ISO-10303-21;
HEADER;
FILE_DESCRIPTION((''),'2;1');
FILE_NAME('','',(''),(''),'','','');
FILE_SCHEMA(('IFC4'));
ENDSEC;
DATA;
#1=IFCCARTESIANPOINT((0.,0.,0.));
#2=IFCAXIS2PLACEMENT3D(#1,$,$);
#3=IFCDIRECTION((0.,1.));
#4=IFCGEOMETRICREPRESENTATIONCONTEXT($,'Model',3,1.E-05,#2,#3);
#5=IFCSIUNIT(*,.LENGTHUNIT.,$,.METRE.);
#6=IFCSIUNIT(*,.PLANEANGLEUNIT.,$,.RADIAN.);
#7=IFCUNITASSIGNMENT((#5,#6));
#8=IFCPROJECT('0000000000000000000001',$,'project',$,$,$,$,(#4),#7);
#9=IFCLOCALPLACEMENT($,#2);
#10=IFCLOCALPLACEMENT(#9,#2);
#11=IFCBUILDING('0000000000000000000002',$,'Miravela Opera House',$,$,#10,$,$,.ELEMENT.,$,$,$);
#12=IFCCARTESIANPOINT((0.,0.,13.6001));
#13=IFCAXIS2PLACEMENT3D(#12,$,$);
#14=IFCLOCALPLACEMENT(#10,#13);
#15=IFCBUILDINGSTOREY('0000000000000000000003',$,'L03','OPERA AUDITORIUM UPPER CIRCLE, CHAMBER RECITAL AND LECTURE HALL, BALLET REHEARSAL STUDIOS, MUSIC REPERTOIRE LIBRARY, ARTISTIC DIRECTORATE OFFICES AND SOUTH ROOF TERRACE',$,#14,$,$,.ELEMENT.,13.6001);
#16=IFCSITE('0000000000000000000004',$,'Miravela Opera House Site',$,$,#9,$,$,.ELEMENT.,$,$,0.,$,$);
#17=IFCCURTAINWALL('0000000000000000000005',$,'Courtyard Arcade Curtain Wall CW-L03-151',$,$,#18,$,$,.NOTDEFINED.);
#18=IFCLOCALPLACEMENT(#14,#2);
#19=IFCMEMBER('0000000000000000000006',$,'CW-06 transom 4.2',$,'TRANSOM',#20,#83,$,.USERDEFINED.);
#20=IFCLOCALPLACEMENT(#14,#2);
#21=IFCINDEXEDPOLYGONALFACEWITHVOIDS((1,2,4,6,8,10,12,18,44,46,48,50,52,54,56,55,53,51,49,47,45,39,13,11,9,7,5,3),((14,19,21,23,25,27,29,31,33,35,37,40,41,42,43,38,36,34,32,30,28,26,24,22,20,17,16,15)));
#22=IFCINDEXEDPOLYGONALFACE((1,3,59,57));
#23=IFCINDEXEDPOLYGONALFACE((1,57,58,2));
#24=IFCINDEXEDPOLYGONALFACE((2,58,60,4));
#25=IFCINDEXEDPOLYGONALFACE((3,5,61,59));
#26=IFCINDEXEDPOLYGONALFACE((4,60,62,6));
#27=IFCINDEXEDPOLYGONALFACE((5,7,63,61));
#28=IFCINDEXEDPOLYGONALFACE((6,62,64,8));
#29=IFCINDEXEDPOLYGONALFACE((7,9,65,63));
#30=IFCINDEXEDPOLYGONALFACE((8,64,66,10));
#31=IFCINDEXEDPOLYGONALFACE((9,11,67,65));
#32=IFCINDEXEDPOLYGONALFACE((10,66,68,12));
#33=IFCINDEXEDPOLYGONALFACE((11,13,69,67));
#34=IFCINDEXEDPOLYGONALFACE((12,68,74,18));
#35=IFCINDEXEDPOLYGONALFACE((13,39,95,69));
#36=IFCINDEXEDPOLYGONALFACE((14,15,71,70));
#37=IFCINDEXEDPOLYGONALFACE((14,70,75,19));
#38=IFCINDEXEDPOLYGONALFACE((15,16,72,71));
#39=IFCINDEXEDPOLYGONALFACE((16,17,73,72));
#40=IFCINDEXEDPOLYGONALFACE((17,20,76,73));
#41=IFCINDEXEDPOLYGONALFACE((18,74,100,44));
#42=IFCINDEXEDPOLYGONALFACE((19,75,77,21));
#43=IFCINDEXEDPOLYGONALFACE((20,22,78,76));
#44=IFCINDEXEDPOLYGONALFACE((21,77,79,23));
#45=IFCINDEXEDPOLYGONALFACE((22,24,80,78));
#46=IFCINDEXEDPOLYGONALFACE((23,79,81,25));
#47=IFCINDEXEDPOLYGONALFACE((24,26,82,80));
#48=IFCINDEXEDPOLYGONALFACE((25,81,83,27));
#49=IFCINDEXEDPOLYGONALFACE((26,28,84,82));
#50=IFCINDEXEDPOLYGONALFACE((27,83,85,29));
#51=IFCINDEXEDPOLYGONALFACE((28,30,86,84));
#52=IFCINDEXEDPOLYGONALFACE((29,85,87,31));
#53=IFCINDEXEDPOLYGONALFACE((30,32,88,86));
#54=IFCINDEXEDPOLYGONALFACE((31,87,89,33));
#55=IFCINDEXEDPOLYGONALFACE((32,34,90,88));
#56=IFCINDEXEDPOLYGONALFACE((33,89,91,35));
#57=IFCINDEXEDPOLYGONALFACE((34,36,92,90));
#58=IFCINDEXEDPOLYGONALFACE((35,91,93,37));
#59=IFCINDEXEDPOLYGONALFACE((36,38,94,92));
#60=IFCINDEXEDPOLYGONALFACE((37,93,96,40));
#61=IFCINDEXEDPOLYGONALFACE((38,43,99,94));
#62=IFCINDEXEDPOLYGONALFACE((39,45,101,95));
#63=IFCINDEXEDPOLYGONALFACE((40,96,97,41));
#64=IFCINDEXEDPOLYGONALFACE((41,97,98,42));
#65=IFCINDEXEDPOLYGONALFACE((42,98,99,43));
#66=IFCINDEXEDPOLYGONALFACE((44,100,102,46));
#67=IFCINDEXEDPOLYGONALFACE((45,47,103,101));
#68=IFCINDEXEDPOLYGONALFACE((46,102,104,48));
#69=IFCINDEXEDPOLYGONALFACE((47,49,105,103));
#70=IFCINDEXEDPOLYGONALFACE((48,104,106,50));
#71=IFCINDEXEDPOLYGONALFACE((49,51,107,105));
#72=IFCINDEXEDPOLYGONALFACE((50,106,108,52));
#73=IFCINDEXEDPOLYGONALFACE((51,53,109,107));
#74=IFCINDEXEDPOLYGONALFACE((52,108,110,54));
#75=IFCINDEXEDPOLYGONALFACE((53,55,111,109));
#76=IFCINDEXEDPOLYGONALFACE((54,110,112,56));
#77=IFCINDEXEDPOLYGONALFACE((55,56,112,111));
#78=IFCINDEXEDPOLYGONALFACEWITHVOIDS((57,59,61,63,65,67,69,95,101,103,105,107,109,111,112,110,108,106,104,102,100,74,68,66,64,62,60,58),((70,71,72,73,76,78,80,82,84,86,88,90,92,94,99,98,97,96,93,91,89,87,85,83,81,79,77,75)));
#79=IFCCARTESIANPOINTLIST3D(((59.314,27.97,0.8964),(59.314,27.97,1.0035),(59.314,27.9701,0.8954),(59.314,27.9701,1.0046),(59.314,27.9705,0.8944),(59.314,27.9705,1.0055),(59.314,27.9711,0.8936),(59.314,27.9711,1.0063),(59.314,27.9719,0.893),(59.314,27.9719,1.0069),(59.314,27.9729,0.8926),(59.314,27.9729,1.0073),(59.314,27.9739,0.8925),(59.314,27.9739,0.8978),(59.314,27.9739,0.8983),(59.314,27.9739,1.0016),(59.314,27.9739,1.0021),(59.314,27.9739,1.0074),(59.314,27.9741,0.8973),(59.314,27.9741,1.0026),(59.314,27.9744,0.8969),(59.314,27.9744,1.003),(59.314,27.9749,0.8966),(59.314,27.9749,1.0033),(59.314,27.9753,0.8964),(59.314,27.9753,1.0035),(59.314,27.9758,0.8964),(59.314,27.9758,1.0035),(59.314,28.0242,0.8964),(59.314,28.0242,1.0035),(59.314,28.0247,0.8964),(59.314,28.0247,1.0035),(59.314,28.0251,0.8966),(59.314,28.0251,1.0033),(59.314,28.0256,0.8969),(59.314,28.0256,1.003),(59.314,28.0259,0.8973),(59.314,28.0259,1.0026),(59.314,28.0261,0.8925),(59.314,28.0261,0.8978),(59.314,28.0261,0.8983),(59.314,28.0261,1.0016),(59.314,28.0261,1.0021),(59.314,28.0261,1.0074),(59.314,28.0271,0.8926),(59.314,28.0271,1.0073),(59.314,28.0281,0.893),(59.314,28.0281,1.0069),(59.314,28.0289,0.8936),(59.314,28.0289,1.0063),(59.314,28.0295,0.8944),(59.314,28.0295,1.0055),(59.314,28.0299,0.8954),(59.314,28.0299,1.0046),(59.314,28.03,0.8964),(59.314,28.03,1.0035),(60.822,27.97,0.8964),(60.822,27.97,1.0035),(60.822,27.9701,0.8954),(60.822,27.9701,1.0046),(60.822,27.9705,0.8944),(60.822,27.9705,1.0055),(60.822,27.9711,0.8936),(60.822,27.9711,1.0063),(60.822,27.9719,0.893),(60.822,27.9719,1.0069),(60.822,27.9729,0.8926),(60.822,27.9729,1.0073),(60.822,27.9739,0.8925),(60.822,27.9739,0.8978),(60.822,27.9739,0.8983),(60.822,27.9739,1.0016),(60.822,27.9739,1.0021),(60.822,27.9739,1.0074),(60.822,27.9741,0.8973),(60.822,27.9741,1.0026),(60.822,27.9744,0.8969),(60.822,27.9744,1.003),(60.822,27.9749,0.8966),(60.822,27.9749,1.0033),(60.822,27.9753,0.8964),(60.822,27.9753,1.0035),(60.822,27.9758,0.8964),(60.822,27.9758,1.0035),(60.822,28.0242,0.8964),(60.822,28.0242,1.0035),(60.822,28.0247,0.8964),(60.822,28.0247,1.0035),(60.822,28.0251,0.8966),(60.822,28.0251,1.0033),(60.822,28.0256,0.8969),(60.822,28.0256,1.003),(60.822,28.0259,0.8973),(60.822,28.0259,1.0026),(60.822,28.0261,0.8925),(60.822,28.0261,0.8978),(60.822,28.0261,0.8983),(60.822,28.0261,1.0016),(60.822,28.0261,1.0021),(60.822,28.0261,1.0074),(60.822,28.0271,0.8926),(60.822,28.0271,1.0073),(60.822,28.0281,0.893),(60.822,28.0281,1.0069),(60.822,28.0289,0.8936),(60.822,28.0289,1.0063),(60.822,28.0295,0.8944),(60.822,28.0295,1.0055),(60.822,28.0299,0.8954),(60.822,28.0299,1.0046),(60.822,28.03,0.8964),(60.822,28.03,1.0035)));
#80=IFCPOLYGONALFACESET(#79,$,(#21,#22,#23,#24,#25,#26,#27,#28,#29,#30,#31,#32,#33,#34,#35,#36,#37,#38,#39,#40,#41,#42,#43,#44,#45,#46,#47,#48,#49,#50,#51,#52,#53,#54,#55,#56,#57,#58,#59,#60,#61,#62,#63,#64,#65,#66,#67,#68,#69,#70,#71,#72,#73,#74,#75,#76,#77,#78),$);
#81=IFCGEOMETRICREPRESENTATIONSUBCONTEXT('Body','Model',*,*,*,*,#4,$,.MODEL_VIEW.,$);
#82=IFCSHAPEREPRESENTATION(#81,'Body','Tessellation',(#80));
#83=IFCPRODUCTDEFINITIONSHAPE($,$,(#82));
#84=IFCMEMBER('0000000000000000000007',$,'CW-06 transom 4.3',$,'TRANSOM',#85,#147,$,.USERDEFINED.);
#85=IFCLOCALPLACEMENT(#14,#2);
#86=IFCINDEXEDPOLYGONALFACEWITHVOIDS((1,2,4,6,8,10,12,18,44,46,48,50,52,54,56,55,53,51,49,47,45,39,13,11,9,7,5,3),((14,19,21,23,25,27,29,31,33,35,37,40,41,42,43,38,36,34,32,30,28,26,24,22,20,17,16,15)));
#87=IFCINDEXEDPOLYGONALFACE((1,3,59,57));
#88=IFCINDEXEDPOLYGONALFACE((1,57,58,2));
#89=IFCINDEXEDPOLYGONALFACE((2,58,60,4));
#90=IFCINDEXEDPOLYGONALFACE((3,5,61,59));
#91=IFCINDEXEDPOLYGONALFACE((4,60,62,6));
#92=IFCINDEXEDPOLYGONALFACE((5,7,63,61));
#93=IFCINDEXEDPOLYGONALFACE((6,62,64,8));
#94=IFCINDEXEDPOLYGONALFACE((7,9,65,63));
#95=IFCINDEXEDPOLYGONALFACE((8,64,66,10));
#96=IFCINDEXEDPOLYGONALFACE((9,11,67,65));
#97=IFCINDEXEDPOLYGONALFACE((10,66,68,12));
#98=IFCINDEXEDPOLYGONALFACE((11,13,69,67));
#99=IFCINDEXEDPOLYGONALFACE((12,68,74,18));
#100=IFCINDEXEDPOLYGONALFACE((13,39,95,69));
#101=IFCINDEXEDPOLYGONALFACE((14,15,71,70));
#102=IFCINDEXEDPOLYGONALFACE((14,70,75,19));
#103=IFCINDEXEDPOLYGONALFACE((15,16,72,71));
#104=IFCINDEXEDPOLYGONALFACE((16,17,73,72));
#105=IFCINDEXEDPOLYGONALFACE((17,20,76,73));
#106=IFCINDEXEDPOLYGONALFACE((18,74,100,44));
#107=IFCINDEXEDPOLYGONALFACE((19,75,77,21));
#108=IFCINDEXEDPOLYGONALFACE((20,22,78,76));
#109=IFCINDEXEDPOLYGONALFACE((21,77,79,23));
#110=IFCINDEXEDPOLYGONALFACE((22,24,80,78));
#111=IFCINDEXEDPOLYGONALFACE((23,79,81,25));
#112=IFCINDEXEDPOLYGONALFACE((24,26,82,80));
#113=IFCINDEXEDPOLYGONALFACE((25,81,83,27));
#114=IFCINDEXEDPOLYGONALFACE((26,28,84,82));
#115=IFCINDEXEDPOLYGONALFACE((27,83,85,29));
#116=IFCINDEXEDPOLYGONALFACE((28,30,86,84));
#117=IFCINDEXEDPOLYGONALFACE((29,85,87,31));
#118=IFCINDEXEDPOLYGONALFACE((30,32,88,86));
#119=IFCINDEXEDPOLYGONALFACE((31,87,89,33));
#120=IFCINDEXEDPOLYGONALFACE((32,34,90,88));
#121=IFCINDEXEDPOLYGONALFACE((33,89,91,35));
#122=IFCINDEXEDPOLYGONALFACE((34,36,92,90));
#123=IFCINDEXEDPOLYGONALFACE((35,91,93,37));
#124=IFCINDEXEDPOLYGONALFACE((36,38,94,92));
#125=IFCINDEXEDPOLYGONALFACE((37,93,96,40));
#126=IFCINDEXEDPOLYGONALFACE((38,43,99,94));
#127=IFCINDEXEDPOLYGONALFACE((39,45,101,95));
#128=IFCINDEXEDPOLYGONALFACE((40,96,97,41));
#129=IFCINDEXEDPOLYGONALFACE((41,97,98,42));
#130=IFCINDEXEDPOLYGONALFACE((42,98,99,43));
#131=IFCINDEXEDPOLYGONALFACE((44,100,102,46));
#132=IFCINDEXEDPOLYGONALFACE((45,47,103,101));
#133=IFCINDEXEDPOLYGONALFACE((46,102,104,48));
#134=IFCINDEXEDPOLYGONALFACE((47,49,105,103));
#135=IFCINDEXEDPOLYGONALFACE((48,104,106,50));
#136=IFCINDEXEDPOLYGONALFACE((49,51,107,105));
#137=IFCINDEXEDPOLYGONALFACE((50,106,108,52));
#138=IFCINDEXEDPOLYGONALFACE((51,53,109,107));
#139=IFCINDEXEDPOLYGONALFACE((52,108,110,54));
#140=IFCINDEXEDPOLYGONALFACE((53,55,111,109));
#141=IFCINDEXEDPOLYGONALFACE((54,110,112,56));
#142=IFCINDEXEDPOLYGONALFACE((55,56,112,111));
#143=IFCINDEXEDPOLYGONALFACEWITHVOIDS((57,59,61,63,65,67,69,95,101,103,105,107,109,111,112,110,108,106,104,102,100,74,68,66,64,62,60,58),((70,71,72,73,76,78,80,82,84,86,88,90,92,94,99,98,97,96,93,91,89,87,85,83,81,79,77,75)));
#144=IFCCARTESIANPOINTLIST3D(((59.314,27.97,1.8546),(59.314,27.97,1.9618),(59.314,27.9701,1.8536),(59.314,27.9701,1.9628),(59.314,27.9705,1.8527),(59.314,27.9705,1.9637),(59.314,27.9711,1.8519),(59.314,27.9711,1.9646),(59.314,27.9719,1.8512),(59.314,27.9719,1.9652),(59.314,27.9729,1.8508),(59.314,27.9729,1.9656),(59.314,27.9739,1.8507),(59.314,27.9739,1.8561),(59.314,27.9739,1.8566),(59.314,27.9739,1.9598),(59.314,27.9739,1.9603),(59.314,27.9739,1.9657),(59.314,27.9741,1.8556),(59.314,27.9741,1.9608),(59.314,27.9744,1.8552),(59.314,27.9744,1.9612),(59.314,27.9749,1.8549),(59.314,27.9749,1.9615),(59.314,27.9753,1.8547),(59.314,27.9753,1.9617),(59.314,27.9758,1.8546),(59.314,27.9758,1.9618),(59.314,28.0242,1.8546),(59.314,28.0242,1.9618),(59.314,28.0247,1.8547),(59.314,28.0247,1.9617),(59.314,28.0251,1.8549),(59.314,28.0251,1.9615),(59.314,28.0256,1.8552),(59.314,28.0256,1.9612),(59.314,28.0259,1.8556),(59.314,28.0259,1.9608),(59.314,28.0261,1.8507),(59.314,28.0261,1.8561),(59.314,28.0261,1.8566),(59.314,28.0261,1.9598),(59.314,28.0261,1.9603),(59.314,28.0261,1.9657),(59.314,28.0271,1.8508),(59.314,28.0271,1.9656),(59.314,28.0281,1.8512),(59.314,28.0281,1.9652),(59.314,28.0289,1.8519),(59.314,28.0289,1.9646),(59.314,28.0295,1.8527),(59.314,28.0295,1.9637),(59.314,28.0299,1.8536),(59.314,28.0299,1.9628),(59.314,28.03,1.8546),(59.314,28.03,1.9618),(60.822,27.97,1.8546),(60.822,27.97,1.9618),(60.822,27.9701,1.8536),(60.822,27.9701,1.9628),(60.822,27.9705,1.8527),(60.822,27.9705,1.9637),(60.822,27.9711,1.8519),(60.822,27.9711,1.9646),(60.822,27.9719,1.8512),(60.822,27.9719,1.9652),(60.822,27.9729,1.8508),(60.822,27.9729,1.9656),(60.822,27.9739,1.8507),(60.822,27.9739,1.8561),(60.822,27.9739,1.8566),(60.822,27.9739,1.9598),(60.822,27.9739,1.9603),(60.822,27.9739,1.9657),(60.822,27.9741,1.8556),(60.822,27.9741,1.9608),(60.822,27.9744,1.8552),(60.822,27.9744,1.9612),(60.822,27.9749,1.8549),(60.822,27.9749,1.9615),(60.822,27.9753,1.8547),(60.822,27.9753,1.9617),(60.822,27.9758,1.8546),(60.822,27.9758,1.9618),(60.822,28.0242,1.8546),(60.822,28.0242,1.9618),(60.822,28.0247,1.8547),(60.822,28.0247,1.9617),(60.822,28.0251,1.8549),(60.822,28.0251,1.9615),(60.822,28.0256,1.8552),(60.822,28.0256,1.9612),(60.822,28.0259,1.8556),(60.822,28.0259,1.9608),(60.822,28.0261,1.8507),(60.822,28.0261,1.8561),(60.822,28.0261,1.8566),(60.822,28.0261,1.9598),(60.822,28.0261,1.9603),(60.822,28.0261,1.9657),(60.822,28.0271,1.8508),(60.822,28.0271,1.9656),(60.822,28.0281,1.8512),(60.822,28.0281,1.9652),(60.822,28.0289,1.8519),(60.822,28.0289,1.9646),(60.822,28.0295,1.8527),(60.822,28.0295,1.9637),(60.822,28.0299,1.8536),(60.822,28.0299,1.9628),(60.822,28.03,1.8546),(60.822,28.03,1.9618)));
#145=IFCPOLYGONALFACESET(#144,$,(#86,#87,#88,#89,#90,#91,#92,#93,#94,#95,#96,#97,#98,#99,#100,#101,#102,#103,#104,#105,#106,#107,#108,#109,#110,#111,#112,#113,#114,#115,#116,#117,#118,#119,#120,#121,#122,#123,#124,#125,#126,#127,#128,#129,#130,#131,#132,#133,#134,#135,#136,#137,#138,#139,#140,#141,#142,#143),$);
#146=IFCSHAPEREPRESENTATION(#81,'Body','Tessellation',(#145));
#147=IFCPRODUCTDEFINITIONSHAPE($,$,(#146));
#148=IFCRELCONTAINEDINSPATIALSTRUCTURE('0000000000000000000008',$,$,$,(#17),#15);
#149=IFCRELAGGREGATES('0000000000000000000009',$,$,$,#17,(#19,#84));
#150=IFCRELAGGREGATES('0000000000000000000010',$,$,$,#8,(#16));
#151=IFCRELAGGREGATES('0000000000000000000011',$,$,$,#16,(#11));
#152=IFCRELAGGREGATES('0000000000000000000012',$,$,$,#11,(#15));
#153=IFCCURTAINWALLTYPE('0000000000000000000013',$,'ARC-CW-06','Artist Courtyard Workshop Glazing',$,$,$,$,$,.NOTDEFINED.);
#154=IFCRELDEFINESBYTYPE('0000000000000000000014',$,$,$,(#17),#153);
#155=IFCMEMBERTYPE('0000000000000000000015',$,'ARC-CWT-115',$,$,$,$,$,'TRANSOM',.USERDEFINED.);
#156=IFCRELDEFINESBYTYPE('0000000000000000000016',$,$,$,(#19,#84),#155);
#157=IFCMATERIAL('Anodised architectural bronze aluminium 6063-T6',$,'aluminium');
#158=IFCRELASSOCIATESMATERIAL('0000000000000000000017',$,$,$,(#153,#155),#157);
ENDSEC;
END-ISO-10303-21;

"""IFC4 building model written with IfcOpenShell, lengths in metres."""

from ifc_helpers import new_model, si_unit, direction, frame, origin, origin_2d, place, context, subcontext, project, spatial, hollow_rectangle, extrude, material, material_profile, profile_set, type_object, element, aggregate, save


model = new_model("IFC4")

# Units and contexts
model_context = context("Model", 3, precision=1e-05, world=origin(), true_north=direction((0.0, 1.0)))
body_context = subcontext(model_context, "Body", "Model", "MODEL_VIEW")
ifc_project = project(units=[si_unit("LENGTHUNIT", "METRE"), si_unit("PLANEANGLEUNIT", "RADIAN")], contexts=[model_context])

# Site, building, storey
site_placement = place(None, origin())
site = spatial("IfcSite", under=ifc_project, at=site_placement, Name="Miravela Opera House Site", CompositionType="ELEMENT", RefElevation=0.0)
building_placement = place(site_placement, origin())
building = spatial("IfcBuilding", under=site, at=building_placement, Name="Miravela Opera House", CompositionType="ELEMENT")
storey_placement = place(building_placement, frame((0.0, 0.0, 13.6001)))
storey = spatial("IfcBuildingStorey", under=building, at=storey_placement, Name="L03", Description="OPERA AUDITORIUM UPPER CIRCLE, CHAMBER RECITAL AND LECTURE HALL, BALLET REHEARSAL STUDIOS, MUSIC REPERTOIRE LIBRARY, ARTISTIC DIRECTORATE OFFICES AND SOUTH ROOF TERRACE", CompositionType="ELEMENT", Elevation=13.6001)

# Curtain wall, members
ifc_material_1 = material(Name="Anodised architectural bronze aluminium 6063-T6", Category="aluminium")
curtain_wall_type = type_object("IfcCurtainWallType", Name="ARC-CW-06", Description="Artist Courtyard Workshop Glazing", PredefinedType="NOTDEFINED", material=ifc_material_1)
curtain_wall_placement = place(storey_placement, origin())
curtain_wall = element("IfcCurtainWall", 1, at=curtain_wall_placement, inside=storey, type_object=curtain_wall_type, Name="Courtyard Arcade Curtain Wall CW-L03-151", PredefinedType="NOTDEFINED")
ifc_material_profile_1 = material_profile(ifc_material_1, hollow_rectangle(XDim=0.0601, YDim=0.115, WallThickness=0.0039, InnerFilletRadius=0.002, OuterFilletRadius=0.0039, at=origin_2d()), Name="CWT-60X115")
ifc_profile_set_1 = profile_set([ifc_material_profile_1])
member_type_1 = type_object("IfcMemberType", Name="ARC-CWT-115", ElementType="TRANSOM", PredefinedType="USERDEFINED", material=ifc_profile_set_1)
member_1_placement = place(storey_placement, frame((59.314, 28.0, 0.95), z_axis=(1.0, 0.0, 0.0), x_axis=(0.0, 1.0, 0.0)))
member_1 = element("IfcMember", 2, at=member_1_placement, type_object=member_type_1, Name="CW-06 transom 4.2", ObjectType="TRANSOM", PredefinedType="USERDEFINED", context=body_context, shape_type="SweptSolid", body=[
    extrude(hollow_rectangle(XDim=0.0601, YDim=0.115, WallThickness=0.0039, InnerFilletRadius=0.002, OuterFilletRadius=0.0039, at=origin_2d()), origin(), (0.0, 0.0, 1.0), 1.5081),
])
member_2_placement = place(storey_placement, frame((59.314, 28.0, 1.9082), z_axis=(1.0, 0.0, 0.0), x_axis=(0.0, 1.0, 0.0)))
member_2 = element("IfcMember", 3, at=member_2_placement, type_object=member_type_1, Name="CW-06 transom 4.3", ObjectType="TRANSOM", PredefinedType="USERDEFINED", context=body_context, shape_type="SweptSolid", body=[
    extrude(hollow_rectangle(XDim=0.0601, YDim=0.115, WallThickness=0.0039, InnerFilletRadius=0.002, OuterFilletRadius=0.0039, at=origin_2d()), origin(), (0.0, 0.0, 1.0), 1.5081),
])
aggregate(curtain_wall, [member_1, member_2])

save(model, "model.ifc")
